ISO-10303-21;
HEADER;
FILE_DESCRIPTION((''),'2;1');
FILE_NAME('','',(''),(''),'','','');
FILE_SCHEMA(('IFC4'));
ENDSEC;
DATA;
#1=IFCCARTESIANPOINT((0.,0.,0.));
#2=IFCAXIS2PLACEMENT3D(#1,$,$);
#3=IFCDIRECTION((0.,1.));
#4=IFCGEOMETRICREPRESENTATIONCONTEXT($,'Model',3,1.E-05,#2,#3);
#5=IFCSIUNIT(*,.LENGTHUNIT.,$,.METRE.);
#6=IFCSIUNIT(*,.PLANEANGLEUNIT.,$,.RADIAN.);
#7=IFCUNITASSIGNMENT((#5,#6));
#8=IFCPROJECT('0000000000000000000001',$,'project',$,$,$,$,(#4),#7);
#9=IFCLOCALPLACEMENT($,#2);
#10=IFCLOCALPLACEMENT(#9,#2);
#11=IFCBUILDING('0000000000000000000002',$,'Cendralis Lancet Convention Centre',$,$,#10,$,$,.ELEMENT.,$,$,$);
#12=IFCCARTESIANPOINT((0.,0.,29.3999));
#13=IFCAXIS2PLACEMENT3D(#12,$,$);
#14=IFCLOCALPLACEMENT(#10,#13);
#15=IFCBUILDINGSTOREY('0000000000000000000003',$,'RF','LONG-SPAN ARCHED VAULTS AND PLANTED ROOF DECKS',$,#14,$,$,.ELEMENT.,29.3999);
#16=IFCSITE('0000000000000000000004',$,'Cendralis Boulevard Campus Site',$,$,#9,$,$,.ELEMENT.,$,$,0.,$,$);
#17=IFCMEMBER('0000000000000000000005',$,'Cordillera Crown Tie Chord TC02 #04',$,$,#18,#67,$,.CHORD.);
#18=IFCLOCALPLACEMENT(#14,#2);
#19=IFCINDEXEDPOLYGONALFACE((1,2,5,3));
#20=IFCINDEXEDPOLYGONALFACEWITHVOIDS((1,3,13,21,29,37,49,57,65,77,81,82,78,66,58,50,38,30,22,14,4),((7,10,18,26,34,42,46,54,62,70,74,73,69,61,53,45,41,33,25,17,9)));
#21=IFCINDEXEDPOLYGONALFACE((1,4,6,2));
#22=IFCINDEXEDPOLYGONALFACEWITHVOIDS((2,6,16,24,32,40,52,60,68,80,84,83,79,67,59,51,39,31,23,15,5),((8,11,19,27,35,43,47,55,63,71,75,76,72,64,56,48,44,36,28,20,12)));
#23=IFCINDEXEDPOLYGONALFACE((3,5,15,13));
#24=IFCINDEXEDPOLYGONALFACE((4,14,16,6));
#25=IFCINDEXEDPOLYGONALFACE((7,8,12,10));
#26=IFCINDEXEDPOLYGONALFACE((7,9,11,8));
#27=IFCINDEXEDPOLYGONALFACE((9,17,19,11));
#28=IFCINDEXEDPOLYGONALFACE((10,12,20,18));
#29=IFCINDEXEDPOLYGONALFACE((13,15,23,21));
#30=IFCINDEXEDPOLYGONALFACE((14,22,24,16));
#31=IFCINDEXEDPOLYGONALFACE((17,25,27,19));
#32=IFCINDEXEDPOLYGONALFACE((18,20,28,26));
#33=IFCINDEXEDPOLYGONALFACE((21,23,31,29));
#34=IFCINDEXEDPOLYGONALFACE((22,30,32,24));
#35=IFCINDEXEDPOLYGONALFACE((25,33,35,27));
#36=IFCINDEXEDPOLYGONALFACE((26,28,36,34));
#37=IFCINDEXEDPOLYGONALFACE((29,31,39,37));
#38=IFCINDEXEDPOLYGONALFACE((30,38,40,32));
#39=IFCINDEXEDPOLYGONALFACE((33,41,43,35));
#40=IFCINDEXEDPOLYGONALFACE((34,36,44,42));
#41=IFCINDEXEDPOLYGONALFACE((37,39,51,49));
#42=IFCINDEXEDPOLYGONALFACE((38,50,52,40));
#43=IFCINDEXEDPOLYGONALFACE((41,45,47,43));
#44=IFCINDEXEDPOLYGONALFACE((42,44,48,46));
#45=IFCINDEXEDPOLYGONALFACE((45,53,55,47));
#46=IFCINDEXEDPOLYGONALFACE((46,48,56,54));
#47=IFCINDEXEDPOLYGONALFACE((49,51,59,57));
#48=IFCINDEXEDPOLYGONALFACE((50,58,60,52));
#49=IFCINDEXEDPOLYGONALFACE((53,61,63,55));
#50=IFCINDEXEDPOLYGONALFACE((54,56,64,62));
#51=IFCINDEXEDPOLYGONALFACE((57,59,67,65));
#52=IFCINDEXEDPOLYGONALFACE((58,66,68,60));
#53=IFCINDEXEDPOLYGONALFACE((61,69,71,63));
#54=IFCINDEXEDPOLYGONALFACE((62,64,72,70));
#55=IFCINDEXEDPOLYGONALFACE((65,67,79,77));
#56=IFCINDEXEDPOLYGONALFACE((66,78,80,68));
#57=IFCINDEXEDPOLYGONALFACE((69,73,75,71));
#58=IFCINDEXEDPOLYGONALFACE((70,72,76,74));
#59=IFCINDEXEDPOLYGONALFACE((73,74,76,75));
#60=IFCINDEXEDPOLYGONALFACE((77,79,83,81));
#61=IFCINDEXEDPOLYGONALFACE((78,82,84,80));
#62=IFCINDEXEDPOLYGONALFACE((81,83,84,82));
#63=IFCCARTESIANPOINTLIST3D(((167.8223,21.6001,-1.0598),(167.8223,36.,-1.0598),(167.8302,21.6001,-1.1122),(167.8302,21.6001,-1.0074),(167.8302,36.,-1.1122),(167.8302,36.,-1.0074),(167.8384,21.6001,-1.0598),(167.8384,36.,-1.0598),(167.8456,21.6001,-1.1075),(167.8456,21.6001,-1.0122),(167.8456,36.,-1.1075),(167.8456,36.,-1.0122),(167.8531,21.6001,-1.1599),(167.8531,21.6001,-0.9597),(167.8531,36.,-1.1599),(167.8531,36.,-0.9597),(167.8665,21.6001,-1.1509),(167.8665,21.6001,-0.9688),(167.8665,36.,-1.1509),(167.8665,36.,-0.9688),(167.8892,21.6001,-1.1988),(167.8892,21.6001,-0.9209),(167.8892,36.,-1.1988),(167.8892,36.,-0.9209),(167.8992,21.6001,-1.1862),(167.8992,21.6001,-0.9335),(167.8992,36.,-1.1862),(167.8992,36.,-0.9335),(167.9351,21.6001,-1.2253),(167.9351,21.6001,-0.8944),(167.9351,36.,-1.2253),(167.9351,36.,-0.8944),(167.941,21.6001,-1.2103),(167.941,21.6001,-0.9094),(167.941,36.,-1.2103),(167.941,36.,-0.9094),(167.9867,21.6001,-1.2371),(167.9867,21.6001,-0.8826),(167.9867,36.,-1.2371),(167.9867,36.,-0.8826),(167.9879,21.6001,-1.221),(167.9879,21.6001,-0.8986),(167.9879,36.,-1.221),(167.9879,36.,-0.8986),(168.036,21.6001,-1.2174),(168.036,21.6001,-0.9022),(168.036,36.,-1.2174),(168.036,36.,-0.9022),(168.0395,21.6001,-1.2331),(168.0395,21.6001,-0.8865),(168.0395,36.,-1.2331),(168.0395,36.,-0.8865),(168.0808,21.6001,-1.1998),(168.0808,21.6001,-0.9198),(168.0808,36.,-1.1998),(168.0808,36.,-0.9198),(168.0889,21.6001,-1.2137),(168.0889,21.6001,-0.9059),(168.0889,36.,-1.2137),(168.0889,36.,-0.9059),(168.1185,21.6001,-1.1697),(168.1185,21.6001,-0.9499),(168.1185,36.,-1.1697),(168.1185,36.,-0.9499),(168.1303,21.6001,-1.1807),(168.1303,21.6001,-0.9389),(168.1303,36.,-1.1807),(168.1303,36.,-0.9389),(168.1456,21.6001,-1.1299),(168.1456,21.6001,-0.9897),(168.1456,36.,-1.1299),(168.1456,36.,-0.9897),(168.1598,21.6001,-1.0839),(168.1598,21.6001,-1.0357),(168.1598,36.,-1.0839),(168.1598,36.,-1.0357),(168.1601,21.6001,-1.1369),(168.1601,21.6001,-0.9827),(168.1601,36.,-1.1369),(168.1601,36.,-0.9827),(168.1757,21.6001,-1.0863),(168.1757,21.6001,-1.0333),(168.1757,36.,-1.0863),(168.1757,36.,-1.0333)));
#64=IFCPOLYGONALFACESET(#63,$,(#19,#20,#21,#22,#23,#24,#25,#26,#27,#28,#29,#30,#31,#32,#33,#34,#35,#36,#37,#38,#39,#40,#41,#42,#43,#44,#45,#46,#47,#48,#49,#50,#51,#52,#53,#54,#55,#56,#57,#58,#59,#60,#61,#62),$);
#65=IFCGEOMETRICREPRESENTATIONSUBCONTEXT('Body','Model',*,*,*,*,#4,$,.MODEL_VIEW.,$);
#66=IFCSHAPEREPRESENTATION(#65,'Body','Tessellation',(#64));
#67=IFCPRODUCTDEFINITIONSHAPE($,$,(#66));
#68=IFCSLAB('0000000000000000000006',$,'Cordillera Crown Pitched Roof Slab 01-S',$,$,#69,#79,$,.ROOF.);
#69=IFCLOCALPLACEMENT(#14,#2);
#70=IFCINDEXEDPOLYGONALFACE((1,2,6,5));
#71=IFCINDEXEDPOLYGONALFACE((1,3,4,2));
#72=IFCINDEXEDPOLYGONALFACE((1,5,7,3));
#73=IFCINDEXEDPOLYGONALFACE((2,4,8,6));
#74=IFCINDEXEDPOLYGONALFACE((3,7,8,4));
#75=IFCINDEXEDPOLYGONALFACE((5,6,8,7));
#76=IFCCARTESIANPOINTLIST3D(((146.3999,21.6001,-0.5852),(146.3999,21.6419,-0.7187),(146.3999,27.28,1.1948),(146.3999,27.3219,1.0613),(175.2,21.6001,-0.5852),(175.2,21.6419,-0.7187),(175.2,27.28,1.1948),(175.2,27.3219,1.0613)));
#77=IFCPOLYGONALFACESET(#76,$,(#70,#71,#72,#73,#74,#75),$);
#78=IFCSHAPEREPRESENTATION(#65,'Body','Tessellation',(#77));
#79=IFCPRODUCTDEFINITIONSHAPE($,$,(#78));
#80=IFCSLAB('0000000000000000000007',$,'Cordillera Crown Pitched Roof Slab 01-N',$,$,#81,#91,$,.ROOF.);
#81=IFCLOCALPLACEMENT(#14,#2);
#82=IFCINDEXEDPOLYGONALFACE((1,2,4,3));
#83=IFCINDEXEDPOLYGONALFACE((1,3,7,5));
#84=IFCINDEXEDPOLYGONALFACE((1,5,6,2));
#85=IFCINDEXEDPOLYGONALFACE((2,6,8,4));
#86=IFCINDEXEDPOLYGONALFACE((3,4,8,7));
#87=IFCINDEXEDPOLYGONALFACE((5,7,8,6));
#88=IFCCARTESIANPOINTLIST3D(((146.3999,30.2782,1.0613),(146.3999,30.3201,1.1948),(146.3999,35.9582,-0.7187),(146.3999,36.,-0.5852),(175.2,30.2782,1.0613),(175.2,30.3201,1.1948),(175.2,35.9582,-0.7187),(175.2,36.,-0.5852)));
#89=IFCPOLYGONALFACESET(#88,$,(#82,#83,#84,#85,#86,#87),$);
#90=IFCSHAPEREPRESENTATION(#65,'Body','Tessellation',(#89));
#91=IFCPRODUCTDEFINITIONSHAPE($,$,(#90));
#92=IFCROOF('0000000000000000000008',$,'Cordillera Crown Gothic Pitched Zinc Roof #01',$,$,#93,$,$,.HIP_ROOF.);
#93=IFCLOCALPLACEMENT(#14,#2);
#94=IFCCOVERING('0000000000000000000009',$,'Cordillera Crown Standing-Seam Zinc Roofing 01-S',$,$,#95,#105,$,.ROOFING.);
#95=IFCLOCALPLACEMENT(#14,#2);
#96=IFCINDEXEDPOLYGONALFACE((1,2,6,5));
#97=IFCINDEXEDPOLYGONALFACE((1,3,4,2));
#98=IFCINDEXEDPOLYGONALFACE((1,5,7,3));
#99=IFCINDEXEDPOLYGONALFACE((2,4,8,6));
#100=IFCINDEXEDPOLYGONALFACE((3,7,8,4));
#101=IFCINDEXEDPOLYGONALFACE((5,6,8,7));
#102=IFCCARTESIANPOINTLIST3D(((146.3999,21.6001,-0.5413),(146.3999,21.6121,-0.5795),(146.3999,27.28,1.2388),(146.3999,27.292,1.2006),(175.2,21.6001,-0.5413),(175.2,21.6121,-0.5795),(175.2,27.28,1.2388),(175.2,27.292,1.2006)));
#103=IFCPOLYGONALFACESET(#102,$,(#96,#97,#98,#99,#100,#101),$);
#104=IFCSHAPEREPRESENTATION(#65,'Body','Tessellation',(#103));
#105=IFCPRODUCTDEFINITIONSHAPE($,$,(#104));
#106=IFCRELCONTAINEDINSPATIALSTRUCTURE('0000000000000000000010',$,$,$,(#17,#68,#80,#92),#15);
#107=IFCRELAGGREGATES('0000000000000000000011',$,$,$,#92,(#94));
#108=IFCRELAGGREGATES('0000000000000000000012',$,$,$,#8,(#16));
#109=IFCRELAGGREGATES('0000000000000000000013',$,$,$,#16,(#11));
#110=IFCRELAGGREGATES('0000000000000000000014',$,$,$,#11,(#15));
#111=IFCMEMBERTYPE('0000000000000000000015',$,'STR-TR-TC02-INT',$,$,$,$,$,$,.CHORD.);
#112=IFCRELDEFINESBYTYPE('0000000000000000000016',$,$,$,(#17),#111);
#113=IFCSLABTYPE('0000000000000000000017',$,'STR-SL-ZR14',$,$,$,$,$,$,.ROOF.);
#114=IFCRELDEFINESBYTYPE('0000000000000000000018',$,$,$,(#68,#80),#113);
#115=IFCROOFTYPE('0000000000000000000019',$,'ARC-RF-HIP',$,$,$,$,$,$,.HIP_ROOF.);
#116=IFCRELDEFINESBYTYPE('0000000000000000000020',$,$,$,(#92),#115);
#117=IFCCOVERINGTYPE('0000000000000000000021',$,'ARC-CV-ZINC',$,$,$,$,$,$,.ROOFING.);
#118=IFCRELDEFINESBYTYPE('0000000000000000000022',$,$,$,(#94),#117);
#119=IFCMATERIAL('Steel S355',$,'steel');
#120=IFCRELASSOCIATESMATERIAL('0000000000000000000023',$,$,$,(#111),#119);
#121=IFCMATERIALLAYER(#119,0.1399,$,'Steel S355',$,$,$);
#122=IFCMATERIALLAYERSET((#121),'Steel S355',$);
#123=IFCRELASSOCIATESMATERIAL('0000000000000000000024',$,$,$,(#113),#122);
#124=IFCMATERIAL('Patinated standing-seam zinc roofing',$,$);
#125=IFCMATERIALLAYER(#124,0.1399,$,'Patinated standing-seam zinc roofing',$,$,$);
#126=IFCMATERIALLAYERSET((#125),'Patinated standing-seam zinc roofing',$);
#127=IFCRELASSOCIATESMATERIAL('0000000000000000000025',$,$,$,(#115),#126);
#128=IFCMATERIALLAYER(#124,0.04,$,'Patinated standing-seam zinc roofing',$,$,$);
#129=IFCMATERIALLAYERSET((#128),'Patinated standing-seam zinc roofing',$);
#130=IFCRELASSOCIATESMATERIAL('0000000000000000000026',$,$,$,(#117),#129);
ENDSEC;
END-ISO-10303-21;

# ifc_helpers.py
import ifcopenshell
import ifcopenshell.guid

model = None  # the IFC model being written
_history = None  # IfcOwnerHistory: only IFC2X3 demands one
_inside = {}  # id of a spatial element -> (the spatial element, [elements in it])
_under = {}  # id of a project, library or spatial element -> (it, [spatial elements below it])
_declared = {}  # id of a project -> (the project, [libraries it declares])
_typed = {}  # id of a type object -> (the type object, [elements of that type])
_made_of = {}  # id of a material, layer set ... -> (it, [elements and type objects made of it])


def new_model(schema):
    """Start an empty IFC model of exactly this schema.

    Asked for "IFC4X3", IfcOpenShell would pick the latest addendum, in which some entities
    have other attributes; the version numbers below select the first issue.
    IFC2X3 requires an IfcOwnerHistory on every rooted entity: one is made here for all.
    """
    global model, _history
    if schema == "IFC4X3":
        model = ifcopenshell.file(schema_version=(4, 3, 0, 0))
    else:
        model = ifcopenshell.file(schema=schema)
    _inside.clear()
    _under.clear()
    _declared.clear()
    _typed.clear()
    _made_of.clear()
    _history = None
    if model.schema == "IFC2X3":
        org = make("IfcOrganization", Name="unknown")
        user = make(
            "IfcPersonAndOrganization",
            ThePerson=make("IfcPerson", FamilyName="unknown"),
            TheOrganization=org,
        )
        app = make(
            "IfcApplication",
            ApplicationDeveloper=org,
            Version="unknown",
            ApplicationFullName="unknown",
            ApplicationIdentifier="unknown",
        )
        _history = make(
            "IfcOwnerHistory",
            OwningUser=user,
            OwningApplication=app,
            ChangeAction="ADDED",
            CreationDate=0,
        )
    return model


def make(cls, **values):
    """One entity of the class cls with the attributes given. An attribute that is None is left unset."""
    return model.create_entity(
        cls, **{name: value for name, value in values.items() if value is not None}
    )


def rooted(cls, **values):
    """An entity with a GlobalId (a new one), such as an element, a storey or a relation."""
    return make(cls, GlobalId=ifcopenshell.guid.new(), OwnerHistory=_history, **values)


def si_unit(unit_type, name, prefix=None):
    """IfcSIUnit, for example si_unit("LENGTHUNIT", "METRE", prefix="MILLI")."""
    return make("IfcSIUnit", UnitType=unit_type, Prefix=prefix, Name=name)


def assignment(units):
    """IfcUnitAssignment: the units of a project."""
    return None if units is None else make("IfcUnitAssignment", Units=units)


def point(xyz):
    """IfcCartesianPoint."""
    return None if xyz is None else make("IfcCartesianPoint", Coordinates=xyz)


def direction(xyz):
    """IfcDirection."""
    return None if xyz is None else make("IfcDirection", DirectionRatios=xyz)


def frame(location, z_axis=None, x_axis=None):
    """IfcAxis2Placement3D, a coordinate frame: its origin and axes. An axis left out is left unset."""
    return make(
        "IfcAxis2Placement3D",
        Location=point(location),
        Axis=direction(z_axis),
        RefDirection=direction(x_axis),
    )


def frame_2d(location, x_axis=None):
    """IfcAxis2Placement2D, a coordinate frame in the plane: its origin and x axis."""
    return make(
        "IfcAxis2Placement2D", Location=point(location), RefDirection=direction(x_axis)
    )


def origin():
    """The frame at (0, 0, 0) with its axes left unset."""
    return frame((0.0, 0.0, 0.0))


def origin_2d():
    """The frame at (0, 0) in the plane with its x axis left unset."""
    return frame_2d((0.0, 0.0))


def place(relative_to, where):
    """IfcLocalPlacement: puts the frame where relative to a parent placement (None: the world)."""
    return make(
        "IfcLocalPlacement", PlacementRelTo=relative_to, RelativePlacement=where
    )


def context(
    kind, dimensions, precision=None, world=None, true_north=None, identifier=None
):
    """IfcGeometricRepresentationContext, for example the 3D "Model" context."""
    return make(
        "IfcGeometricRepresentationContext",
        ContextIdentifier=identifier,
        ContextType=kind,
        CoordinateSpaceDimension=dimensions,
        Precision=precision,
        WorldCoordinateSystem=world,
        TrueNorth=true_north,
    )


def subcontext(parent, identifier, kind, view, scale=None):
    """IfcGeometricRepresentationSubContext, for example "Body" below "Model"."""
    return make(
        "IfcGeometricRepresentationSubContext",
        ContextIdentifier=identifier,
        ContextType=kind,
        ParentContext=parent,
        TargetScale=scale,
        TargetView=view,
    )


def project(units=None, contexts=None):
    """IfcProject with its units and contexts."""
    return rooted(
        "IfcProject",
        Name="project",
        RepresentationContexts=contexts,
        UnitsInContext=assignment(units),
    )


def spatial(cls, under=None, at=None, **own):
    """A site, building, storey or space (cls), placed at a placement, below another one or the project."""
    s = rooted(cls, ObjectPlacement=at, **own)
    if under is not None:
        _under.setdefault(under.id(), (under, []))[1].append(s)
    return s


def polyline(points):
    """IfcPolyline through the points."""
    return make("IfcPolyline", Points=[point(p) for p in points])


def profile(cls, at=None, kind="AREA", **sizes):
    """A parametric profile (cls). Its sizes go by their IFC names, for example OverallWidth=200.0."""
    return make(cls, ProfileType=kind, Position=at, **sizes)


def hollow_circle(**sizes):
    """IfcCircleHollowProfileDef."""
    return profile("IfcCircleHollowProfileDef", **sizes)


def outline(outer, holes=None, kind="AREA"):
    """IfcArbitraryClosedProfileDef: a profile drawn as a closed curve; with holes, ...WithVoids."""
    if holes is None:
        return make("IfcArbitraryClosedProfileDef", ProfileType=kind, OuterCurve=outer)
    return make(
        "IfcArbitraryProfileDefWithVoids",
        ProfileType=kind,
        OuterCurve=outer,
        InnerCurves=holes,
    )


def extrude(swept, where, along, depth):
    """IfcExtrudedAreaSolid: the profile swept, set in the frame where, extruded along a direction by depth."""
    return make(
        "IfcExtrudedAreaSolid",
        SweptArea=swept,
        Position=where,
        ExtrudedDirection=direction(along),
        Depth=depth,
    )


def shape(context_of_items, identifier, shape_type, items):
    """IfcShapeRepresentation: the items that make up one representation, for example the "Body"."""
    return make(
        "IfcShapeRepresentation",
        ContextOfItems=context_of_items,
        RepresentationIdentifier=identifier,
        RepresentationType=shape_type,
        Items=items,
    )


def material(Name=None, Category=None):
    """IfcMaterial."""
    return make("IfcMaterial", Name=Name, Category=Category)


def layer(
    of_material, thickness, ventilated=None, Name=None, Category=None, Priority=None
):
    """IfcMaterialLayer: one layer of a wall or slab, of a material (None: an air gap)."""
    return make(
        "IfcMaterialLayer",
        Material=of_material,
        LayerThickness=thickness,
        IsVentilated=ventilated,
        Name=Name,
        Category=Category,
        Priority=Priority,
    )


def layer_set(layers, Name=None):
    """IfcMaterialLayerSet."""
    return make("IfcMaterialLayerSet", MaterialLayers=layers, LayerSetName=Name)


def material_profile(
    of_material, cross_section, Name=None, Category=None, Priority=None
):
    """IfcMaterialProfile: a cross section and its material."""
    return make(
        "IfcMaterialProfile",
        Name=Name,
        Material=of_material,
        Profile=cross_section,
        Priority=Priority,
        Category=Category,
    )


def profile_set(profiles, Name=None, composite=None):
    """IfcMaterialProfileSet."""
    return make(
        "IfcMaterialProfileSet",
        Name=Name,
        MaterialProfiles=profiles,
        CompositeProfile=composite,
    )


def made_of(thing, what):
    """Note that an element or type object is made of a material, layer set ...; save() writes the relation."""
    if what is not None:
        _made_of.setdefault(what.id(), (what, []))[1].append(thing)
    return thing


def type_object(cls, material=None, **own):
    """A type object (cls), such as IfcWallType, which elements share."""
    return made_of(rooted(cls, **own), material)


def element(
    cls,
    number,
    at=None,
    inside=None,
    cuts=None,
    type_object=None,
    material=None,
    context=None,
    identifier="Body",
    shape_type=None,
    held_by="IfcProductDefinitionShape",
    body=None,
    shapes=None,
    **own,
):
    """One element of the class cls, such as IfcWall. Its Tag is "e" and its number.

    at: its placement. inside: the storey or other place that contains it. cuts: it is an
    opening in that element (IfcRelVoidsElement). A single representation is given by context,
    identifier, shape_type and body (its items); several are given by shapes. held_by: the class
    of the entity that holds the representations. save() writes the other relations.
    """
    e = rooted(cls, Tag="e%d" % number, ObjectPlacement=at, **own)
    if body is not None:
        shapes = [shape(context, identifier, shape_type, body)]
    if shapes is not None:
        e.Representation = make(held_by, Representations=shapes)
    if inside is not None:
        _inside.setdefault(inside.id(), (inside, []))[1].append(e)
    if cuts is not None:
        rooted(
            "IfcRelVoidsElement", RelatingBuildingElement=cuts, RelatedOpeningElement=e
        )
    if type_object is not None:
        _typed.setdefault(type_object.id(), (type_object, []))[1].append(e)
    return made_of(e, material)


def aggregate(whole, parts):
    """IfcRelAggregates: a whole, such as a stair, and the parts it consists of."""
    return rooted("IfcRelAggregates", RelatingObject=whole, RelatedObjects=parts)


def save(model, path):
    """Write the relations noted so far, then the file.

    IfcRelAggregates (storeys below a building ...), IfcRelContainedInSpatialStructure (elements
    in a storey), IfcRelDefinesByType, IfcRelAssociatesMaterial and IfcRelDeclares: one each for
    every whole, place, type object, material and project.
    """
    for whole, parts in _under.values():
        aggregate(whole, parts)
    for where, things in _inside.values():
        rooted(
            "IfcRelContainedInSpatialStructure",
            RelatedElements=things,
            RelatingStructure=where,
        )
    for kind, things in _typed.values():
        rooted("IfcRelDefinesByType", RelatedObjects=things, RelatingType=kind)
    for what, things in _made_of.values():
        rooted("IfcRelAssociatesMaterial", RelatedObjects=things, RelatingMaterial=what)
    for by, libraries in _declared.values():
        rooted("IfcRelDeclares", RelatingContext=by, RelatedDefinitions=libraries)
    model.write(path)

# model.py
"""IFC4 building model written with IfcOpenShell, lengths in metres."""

from ifc_helpers import new_model, si_unit, direction, frame, origin, origin_2d, place, context, subcontext, project, spatial, polyline, hollow_circle, outline, extrude, material, layer, layer_set, material_profile, profile_set, type_object, element, aggregate, save


model = new_model("IFC4")

# Units and contexts
model_context = context("Model", 3, precision=1e-05, world=origin(), true_north=direction((0.0, 1.0)))
body_context = subcontext(model_context, "Body", "Model", "MODEL_VIEW")
ifc_project = project(units=[si_unit("LENGTHUNIT", "METRE"), si_unit("PLANEANGLEUNIT", "RADIAN")], contexts=[model_context])

# Site, building, storey
site_placement = place(None, origin())
site = spatial("IfcSite", under=ifc_project, at=site_placement, Name="Cendralis Boulevard Campus Site", CompositionType="ELEMENT", RefElevation=0.0)
building_placement = place(site_placement, origin())
building = spatial("IfcBuilding", under=site, at=building_placement, Name="Cendralis Lancet Convention Centre", CompositionType="ELEMENT")
storey_placement = place(building_placement, frame((0.0, 0.0, 29.3999)))
storey = spatial("IfcBuildingStorey", under=building, at=storey_placement, Name="RF", Description="LONG-SPAN ARCHED VAULTS AND PLANTED ROOF DECKS", CompositionType="ELEMENT", Elevation=29.3999)

# Shared definitions
ifc_material_1 = material(Name="Steel S355", Category="steel")

# Member
ifc_material_profile_1 = material_profile(ifc_material_1, hollow_circle(Radius=0.1777, WallThickness=0.0161, at=origin_2d()), Name="CHS 355.6x16.0")
ifc_profile_set_1 = profile_set([ifc_material_profile_1], Name="Steel S355")
member_type_1 = type_object("IfcMemberType", Name="STR-TR-TC02-INT", PredefinedType="CHORD", material=ifc_profile_set_1)
for number, where, z_axis, x_axis, name in (
    (1, (168.0, 21.6001, -1.0598), (0.0, 1.0, 0.0), (-1.0, 0.0, 0.0), "Cordillera Crown Tie Chord TC02 #04"),
):
    element("IfcMember", number, at=place(storey_placement, frame(where, z_axis=z_axis, x_axis=x_axis)), inside=storey, type_object=member_type_1, Name=name, PredefinedType="CHORD", context=body_context, shape_type="SweptSolid", body=[
        extrude(hollow_circle(Radius=0.1777, WallThickness=0.0161, at=origin_2d()), origin(), (0.0, 0.0, 1.0), 14.3999),
    ])

# Slabs
ifc_layer_1 = layer(ifc_material_1, 0.1399, Name="Steel S355")
ifc_layer_set_1 = layer_set([ifc_layer_1], Name="Steel S355")
slab_type = type_object("IfcSlabType", Name="STR-SL-ZR14", PredefinedType="ROOF", material=ifc_layer_set_1)
for number, where, z_axis, x_axis, name in (
    (2, (146.3999, 21.6001, -0.5852), (0.0, -0.299048, 0.954238), (1.0, 0.0, 0.0), "Cordillera Crown Pitched Roof Slab 01-S"),
    (3, (146.3999, 30.3201, 1.1948), (0.0, 0.299048, 0.954238), (1.0, 0.0, 0.0), "Cordillera Crown Pitched Roof Slab 01-N"),
):
    element("IfcSlab", number, at=place(storey_placement, frame(where, z_axis=z_axis, x_axis=x_axis)), inside=storey, type_object=slab_type, Name=name, PredefinedType="ROOF", context=body_context, shape_type="SweptSolid", body=[
        extrude(outline(polyline([(0.0, 0.0), (28.8, 0.0), (28.8, 5.9523), (0.0, 5.9523), (0.0, 0.0)])), origin(), (0.0, 0.0, -1.0), 0.1399),
    ])

# Roof, covering
ifc_material_2 = material(Name="Patinated standing-seam zinc roofing")
ifc_layer_2 = layer(ifc_material_2, 0.1399, Name="Patinated standing-seam zinc roofing")
ifc_layer_set_2 = layer_set([ifc_layer_2], Name="Patinated standing-seam zinc roofing")
roof_type = type_object("IfcRoofType", Name="ARC-RF-HIP", PredefinedType="HIP_ROOF", material=ifc_layer_set_2)
roof_placement = place(storey_placement, origin())
roof = element("IfcRoof", 4, at=roof_placement, inside=storey, type_object=roof_type, Name="Cordillera Crown Gothic Pitched Zinc Roof #01", PredefinedType="HIP_ROOF")
ifc_layer_3 = layer(ifc_material_2, 0.04, Name="Patinated standing-seam zinc roofing")
ifc_layer_set_3 = layer_set([ifc_layer_3], Name="Patinated standing-seam zinc roofing")
covering_type = type_object("IfcCoveringType", Name="ARC-CV-ZINC", PredefinedType="ROOFING", material=ifc_layer_set_3)
covering_placement = place(storey_placement, frame((146.3999, 21.6001, -0.5413), z_axis=(0.0, -0.299048, 0.954238), x_axis=(1.0, 0.0, 0.0)))
covering = element("IfcCovering", 5, at=covering_placement, type_object=covering_type, Name="Cordillera Crown Standing-Seam Zinc Roofing 01-S", PredefinedType="ROOFING", context=body_context, shape_type="SweptSolid", body=[
    extrude(outline(polyline([(0.0, 0.0), (28.8, 0.0), (28.8, 5.9523), (0.0, 5.9523), (0.0, 0.0)])), origin(), (0.0, 0.0, -1.0), 0.04),
])
aggregate(roof, [covering])

save(model, "model.ifc")
